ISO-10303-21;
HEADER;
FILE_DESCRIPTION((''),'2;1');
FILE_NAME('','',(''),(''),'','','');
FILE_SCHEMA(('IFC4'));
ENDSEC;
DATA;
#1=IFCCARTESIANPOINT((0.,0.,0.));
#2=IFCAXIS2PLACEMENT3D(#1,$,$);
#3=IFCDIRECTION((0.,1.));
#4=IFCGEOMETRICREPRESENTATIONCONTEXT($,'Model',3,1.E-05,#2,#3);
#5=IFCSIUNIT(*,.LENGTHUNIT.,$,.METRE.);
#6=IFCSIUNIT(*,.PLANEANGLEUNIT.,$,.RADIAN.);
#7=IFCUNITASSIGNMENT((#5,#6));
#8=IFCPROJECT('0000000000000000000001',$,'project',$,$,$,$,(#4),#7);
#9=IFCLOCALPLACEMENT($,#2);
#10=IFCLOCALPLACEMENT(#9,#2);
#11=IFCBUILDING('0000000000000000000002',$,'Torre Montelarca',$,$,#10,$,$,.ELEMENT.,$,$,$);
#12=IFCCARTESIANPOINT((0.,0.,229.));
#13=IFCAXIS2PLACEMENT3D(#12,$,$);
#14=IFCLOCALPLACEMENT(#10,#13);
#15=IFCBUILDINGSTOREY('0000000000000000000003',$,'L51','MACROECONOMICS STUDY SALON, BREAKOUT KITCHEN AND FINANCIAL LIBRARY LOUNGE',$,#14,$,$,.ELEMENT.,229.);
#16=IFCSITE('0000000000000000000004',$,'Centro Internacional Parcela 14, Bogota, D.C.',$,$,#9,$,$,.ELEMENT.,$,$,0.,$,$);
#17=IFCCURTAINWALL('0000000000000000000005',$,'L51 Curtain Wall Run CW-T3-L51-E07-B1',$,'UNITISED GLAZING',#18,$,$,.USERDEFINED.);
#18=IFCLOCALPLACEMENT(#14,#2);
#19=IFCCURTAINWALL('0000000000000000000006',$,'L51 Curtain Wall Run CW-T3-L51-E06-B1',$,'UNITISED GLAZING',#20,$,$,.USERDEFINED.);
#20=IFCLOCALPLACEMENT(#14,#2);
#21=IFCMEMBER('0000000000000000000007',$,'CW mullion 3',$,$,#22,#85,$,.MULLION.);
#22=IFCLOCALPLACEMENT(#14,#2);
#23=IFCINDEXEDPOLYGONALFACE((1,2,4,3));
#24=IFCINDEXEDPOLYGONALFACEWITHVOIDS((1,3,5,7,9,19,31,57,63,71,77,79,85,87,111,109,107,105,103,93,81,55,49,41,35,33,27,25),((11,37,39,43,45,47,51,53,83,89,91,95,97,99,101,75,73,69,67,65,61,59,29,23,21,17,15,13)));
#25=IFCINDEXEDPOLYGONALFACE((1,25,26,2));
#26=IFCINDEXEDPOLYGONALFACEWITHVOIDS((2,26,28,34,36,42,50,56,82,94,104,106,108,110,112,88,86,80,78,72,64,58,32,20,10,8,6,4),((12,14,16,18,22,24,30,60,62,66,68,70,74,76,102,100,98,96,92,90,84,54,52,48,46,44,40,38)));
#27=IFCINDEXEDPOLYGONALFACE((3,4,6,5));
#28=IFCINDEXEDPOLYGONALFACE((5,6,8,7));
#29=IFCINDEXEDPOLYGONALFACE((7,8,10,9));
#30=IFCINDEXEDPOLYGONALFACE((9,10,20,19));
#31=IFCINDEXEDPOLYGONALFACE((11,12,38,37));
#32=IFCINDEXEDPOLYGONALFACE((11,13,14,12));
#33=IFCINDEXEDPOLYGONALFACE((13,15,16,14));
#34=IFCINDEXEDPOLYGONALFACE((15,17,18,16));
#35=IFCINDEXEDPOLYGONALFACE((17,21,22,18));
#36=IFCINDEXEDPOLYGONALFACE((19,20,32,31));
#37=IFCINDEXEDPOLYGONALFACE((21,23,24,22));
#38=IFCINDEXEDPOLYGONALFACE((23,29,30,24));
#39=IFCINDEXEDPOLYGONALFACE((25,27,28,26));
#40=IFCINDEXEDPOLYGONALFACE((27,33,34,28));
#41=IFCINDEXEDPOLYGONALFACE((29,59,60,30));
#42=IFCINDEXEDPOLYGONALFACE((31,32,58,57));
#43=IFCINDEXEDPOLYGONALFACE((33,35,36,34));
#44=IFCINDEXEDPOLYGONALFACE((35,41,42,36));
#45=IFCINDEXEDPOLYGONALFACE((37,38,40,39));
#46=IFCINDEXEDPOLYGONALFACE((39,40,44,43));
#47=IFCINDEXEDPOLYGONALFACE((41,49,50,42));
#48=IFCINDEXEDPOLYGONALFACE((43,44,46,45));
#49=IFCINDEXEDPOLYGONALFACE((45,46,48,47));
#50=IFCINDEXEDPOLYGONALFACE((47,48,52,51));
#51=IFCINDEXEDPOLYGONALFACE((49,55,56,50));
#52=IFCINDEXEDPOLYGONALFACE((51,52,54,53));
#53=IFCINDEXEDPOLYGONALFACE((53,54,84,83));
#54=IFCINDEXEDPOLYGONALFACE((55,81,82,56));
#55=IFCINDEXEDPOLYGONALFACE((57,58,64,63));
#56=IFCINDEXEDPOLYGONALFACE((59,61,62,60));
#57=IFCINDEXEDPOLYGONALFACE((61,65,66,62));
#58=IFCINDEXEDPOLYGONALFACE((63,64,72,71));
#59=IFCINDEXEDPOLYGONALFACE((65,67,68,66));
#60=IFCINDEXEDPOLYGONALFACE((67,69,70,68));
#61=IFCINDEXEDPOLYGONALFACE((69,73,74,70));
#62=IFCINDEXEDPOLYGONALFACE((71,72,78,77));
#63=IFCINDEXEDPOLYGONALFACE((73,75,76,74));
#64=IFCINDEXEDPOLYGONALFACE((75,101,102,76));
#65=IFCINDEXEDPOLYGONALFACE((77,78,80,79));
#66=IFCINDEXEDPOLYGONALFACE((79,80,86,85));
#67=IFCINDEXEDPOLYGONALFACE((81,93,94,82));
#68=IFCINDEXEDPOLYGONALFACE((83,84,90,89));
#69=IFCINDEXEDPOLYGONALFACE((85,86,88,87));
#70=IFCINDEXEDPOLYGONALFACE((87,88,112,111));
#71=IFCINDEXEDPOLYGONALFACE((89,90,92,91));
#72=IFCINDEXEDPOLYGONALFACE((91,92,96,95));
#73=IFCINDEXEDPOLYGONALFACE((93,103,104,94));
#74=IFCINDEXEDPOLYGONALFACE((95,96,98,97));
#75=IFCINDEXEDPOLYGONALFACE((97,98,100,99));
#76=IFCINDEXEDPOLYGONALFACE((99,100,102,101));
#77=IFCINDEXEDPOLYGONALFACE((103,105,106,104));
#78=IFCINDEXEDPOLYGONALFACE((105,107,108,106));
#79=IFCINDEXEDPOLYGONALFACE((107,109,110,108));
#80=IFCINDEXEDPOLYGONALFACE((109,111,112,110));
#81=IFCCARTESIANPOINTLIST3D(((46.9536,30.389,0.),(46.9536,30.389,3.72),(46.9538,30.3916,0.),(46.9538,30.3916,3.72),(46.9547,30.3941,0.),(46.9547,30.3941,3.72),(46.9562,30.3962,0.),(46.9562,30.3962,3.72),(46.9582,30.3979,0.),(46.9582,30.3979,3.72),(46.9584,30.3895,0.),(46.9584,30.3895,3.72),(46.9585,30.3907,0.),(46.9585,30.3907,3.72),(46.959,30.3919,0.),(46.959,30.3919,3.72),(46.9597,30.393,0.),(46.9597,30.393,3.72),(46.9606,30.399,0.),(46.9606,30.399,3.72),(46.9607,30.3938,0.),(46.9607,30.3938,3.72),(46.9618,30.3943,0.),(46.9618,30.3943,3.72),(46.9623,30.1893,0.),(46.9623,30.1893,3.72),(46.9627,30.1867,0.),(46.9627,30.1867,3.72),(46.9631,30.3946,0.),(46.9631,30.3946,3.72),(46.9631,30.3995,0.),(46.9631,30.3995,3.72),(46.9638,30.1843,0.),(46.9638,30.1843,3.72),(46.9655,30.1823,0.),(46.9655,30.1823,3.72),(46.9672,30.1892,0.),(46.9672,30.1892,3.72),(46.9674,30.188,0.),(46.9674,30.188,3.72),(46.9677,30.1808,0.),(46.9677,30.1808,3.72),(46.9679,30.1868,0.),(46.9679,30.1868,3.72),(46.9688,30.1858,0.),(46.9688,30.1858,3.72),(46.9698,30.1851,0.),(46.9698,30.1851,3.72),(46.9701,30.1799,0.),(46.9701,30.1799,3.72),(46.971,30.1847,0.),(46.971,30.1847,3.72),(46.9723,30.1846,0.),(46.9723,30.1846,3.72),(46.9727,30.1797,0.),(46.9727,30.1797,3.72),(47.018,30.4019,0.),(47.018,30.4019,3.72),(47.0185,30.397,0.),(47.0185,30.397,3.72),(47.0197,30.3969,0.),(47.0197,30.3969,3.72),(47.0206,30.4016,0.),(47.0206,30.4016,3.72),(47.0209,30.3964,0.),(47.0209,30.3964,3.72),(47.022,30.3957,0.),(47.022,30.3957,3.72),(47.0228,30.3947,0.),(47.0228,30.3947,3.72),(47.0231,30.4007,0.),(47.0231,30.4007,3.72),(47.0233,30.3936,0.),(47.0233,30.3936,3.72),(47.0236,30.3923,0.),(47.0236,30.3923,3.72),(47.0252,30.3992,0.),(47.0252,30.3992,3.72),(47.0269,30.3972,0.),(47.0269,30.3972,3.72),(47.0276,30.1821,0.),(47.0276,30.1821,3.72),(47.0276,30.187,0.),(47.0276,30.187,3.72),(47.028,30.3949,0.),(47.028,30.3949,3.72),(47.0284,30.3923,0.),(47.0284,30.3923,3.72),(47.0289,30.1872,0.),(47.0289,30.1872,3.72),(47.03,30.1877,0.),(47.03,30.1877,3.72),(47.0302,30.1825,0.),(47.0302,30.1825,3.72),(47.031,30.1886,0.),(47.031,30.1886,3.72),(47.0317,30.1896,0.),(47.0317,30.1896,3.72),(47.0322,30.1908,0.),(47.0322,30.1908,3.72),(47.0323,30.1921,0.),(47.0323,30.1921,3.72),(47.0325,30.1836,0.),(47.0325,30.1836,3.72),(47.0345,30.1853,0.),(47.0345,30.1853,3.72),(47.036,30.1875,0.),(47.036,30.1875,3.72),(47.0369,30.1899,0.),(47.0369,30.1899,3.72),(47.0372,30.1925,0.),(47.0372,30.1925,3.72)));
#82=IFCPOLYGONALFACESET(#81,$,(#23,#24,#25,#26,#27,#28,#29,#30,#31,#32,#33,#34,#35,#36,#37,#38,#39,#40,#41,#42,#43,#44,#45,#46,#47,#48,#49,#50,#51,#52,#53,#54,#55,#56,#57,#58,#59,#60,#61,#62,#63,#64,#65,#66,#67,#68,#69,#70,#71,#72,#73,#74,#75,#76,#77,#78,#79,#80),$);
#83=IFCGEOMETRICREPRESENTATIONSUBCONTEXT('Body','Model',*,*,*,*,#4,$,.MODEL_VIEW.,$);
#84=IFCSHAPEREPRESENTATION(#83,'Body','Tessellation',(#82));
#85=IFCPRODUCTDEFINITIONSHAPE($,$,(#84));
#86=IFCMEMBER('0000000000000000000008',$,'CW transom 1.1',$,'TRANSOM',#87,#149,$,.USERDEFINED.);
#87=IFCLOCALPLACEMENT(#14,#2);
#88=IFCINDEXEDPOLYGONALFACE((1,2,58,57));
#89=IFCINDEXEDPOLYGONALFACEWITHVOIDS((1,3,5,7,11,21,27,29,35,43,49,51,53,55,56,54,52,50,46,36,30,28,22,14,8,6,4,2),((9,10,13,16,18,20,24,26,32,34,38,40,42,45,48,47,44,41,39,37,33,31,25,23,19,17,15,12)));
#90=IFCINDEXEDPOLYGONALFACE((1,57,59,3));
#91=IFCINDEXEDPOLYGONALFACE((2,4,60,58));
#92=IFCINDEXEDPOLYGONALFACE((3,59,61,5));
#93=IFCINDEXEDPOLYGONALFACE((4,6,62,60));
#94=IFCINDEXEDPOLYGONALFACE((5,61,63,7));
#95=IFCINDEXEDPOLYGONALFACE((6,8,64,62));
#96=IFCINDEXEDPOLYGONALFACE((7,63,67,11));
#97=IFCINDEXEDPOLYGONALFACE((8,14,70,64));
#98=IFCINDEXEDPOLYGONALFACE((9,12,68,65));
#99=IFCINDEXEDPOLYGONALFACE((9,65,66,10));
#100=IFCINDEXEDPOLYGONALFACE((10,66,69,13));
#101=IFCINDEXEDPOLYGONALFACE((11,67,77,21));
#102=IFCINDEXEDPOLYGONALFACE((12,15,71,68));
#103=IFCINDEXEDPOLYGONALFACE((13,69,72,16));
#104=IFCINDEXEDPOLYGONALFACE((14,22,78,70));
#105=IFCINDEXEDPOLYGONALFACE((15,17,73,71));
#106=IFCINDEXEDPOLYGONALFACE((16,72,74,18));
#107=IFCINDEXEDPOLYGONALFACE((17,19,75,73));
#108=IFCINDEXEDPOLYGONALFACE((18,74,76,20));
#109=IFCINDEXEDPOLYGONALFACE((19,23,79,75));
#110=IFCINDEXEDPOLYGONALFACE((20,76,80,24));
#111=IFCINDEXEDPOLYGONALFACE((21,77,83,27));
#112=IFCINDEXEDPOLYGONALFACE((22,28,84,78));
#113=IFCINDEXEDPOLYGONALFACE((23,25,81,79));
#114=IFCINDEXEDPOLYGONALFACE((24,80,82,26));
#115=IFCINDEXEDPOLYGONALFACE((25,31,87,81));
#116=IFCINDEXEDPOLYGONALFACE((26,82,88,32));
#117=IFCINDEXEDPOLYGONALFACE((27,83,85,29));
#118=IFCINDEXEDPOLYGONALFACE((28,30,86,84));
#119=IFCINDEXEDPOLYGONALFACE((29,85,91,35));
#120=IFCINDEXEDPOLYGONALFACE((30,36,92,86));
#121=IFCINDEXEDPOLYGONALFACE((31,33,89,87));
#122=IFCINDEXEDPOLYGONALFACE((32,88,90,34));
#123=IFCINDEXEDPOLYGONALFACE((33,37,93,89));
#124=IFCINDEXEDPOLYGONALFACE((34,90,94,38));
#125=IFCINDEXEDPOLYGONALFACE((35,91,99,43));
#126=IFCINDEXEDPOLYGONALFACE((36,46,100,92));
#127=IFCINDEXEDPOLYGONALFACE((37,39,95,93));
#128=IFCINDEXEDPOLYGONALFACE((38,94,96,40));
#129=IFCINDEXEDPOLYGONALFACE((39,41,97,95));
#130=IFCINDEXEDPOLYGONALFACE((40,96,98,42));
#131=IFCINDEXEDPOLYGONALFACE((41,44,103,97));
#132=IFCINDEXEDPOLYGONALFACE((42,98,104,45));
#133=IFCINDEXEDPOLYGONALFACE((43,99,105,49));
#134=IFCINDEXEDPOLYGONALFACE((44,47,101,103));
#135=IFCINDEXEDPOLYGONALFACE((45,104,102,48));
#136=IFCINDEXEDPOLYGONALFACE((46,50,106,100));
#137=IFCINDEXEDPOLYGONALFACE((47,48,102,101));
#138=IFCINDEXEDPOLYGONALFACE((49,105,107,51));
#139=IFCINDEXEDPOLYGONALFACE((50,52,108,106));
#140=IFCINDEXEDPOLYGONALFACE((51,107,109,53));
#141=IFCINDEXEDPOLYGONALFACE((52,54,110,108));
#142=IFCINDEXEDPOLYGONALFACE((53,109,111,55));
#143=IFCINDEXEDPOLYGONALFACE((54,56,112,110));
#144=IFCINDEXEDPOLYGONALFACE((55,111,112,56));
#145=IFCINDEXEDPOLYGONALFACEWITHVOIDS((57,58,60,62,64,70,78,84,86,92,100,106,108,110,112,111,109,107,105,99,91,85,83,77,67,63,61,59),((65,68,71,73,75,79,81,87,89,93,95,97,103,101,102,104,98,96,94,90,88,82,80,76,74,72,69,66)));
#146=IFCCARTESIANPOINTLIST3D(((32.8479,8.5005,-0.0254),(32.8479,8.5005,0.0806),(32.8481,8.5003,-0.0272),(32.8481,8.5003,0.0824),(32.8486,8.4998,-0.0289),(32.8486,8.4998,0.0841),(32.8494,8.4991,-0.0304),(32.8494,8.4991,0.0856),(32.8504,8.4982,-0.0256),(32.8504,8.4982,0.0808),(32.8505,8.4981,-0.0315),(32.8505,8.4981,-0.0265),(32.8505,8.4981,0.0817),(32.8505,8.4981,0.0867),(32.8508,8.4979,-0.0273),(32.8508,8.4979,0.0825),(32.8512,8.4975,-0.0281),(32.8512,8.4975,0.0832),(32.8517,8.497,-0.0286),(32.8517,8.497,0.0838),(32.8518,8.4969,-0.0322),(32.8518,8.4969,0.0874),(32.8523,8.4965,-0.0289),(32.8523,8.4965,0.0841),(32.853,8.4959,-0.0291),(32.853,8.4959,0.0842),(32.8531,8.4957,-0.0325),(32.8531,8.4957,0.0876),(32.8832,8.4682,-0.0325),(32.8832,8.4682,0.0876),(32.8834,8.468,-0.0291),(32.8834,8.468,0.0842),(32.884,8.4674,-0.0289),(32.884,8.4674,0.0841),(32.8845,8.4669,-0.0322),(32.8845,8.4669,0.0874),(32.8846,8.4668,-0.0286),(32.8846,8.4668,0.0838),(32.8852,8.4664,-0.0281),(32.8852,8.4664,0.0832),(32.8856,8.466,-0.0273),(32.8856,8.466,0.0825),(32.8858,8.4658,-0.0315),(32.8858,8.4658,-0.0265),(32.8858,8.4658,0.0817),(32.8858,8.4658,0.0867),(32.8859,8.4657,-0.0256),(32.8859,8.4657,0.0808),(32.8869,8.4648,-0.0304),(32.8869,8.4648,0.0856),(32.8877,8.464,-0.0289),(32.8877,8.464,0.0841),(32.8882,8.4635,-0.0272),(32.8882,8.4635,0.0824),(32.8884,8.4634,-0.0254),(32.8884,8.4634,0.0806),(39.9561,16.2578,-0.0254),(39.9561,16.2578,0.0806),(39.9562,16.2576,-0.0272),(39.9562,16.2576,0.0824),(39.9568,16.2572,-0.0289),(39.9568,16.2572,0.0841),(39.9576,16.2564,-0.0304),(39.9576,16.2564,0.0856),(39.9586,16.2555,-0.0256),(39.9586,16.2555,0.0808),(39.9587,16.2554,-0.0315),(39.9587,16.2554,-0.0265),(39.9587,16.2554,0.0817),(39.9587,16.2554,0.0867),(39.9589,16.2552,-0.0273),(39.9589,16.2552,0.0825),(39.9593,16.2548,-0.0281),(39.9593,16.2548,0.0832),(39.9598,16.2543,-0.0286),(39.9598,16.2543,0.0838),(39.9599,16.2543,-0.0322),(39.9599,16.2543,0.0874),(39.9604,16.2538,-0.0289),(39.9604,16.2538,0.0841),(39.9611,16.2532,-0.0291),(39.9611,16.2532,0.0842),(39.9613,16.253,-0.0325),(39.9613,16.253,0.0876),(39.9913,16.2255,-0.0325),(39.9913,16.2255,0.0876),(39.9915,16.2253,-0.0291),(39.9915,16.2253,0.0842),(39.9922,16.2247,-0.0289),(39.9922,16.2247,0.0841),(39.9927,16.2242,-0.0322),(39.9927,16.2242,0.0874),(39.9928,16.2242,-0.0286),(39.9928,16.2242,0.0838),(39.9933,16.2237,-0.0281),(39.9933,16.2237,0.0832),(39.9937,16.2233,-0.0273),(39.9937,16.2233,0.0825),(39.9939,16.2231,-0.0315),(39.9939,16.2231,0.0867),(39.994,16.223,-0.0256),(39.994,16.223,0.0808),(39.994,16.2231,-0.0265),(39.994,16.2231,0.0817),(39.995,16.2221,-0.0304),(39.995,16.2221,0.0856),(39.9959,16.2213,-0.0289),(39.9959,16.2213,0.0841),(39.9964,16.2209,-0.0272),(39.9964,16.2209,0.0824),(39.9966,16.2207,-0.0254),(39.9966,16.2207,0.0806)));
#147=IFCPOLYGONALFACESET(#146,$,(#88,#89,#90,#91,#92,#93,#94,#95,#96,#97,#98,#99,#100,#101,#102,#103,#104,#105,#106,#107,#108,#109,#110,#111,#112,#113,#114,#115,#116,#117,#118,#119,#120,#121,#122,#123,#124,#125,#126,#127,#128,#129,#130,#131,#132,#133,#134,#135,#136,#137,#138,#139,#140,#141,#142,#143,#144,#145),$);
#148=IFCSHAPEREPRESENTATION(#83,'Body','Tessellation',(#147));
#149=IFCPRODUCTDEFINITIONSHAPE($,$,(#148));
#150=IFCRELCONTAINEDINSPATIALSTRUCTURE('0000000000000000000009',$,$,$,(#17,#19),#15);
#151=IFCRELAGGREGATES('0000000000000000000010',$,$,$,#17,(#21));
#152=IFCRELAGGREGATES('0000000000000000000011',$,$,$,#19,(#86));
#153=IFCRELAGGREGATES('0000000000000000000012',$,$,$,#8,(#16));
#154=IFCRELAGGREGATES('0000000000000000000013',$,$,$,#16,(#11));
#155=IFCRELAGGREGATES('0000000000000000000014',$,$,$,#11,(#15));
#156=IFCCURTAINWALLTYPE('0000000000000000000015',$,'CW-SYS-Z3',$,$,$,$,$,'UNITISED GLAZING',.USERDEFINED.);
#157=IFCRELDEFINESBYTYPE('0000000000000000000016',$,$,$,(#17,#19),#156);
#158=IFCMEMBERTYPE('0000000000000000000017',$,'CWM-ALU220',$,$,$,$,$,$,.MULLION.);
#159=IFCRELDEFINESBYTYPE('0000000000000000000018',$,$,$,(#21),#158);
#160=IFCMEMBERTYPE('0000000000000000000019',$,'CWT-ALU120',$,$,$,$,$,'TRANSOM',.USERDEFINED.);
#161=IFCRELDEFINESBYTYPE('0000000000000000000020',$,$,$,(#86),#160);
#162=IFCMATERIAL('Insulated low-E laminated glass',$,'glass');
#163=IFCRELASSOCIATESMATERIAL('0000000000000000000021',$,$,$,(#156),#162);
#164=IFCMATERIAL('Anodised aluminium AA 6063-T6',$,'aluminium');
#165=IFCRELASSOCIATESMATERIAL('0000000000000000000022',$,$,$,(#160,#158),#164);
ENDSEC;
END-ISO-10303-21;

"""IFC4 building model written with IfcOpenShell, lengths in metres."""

from ifc_helpers import new_model, si_unit, direction, frame, origin, origin_2d, place, context, subcontext, project, spatial, hollow_rectangle, extrude, source, transform, mapped, material, material_profile, profile_set, type_object, element, aggregate, save


model = new_model("IFC4")

# Units and contexts
model_context = context("Model", 3, precision=1e-05, world=origin(), true_north=direction((0.0, 1.0)))
body_context = subcontext(model_context, "Body", "Model", "MODEL_VIEW")
ifc_project = project(units=[si_unit("LENGTHUNIT", "METRE"), si_unit("PLANEANGLEUNIT", "RADIAN")], contexts=[model_context])

# Site, building, storey
site_placement = place(None, origin())
site = spatial("IfcSite", under=ifc_project, at=site_placement, Name="Centro Internacional Parcela 14, Bogota, D.C.", CompositionType="ELEMENT", RefElevation=0.0)
building_placement = place(site_placement, origin())
building = spatial("IfcBuilding", under=site, at=building_placement, Name="Torre Montelarca", CompositionType="ELEMENT")
storey_placement = place(building_placement, frame((0.0, 0.0, 229.0)))
storey = spatial("IfcBuildingStorey", under=building, at=storey_placement, Name="L51", Description="MACROECONOMICS STUDY SALON, BREAKOUT KITCHEN AND FINANCIAL LIBRARY LOUNGE", CompositionType="ELEMENT", Elevation=229.0)

# Curtain wall
ifc_material_1 = material(Name="Insulated low-E laminated glass", Category="glass")
curtain_wall_type = type_object("IfcCurtainWallType", Name="CW-SYS-Z3", ElementType="UNITISED GLAZING", PredefinedType="USERDEFINED", material=ifc_material_1)
curtain_wall_1_placement = place(storey_placement, origin())
curtain_wall_1 = element("IfcCurtainWall", 1, at=curtain_wall_1_placement, inside=storey, type_object=curtain_wall_type, Name="L51 Curtain Wall Run CW-T3-L51-E07-B1", ObjectType="UNITISED GLAZING", PredefinedType="USERDEFINED")
ifc_material_2 = material(Name="Anodised aluminium AA 6063-T6", Category="aluminium")
ifc_material_profile_1 = material_profile(ifc_material_2, hollow_rectangle(XDim=0.0549, YDim=0.1201, WallThickness=0.0034, InnerFilletRadius=0.0034, OuterFilletRadius=0.0071, at=origin_2d()), Name="ALU55X120X3.5", Category="aluminium")
ifc_profile_set_1 = profile_set([ifc_material_profile_1], Name="Anodised aluminium AA 6063-T6")
member_type_1 = type_object("IfcMemberType", Name="CWT-ALU120", ElementType="TRANSOM", PredefinedType="USERDEFINED", material=ifc_profile_set_1)

# Shared definitions
ifc_material_profile_2 = material_profile(ifc_material_2, hollow_rectangle(XDim=0.075, YDim=0.22, WallThickness=0.0049, InnerFilletRadius=0.0049, OuterFilletRadius=0.01, at=origin_2d()), Name="ALU75X220X5", Category="aluminium")
ifc_profile_set_2 = profile_set([ifc_material_profile_2], Name="Anodised aluminium AA 6063-T6")
member_type_2 = type_object("IfcMemberType", Name="CWM-ALU220", PredefinedType="MULLION", material=ifc_profile_set_2)
shared_shape_1 = source(origin(), body_context, "Body", "SweptSolid", [
    extrude(hollow_rectangle(XDim=0.075, YDim=0.22, WallThickness=0.0049, InnerFilletRadius=0.0049, OuterFilletRadius=0.01, at=origin_2d()), origin(), (0.0, 0.0, 1.0), 3.72),
])

# Curtain wall
curtain_wall_2_placement = place(storey_placement, origin())
curtain_wall_2 = element("IfcCurtainWall", 2, at=curtain_wall_2_placement, inside=storey, type_object=curtain_wall_type, Name="L51 Curtain Wall Run CW-T3-L51-E06-B1", ObjectType="UNITISED GLAZING", PredefinedType="USERDEFINED")

# Members
member_1_placement = place(storey_placement, frame((46.9954, 30.2908, 0.0), z_axis=(0.0, 0.0, 1.0), x_axis=(-0.999048, -0.043616, 0.0)))
member_1 = element("IfcMember", 3, at=member_1_placement, type_object=member_type_2, Name="CW mullion 3", PredefinedType="MULLION", context=body_context, shape_type="MappedRepresentation", body=[
    mapped(shared_shape_1, transform((0.0, 0.0, 0.0), scale=1.0)),
])
shared_shape_2 = source(origin(), body_context, "Body", "SweptSolid", [
    extrude(hollow_rectangle(XDim=0.0549, YDim=0.1201, WallThickness=0.0034, InnerFilletRadius=0.0034, OuterFilletRadius=0.0071, at=origin_2d()), origin(), (0.0, 0.0, 1.0), 10.5215),
])
member_2_placement = place(storey_placement, frame((32.8682, 8.4819, 0.0276), z_axis=(0.675584, 0.737283, 0.0), x_axis=(-0.737283, 0.675584, 0.0)))
member_2 = element("IfcMember", 4, at=member_2_placement, type_object=member_type_1, Name="CW transom 1.1", ObjectType="TRANSOM", PredefinedType="USERDEFINED", context=body_context, shape_type="MappedRepresentation", body=[
    mapped(shared_shape_2, transform((0.0, 0.0, 0.0), scale=1.0)),
])

aggregate(curtain_wall_1, [member_1])
aggregate(curtain_wall_2, [member_2])

save(model, "model.ifc")
